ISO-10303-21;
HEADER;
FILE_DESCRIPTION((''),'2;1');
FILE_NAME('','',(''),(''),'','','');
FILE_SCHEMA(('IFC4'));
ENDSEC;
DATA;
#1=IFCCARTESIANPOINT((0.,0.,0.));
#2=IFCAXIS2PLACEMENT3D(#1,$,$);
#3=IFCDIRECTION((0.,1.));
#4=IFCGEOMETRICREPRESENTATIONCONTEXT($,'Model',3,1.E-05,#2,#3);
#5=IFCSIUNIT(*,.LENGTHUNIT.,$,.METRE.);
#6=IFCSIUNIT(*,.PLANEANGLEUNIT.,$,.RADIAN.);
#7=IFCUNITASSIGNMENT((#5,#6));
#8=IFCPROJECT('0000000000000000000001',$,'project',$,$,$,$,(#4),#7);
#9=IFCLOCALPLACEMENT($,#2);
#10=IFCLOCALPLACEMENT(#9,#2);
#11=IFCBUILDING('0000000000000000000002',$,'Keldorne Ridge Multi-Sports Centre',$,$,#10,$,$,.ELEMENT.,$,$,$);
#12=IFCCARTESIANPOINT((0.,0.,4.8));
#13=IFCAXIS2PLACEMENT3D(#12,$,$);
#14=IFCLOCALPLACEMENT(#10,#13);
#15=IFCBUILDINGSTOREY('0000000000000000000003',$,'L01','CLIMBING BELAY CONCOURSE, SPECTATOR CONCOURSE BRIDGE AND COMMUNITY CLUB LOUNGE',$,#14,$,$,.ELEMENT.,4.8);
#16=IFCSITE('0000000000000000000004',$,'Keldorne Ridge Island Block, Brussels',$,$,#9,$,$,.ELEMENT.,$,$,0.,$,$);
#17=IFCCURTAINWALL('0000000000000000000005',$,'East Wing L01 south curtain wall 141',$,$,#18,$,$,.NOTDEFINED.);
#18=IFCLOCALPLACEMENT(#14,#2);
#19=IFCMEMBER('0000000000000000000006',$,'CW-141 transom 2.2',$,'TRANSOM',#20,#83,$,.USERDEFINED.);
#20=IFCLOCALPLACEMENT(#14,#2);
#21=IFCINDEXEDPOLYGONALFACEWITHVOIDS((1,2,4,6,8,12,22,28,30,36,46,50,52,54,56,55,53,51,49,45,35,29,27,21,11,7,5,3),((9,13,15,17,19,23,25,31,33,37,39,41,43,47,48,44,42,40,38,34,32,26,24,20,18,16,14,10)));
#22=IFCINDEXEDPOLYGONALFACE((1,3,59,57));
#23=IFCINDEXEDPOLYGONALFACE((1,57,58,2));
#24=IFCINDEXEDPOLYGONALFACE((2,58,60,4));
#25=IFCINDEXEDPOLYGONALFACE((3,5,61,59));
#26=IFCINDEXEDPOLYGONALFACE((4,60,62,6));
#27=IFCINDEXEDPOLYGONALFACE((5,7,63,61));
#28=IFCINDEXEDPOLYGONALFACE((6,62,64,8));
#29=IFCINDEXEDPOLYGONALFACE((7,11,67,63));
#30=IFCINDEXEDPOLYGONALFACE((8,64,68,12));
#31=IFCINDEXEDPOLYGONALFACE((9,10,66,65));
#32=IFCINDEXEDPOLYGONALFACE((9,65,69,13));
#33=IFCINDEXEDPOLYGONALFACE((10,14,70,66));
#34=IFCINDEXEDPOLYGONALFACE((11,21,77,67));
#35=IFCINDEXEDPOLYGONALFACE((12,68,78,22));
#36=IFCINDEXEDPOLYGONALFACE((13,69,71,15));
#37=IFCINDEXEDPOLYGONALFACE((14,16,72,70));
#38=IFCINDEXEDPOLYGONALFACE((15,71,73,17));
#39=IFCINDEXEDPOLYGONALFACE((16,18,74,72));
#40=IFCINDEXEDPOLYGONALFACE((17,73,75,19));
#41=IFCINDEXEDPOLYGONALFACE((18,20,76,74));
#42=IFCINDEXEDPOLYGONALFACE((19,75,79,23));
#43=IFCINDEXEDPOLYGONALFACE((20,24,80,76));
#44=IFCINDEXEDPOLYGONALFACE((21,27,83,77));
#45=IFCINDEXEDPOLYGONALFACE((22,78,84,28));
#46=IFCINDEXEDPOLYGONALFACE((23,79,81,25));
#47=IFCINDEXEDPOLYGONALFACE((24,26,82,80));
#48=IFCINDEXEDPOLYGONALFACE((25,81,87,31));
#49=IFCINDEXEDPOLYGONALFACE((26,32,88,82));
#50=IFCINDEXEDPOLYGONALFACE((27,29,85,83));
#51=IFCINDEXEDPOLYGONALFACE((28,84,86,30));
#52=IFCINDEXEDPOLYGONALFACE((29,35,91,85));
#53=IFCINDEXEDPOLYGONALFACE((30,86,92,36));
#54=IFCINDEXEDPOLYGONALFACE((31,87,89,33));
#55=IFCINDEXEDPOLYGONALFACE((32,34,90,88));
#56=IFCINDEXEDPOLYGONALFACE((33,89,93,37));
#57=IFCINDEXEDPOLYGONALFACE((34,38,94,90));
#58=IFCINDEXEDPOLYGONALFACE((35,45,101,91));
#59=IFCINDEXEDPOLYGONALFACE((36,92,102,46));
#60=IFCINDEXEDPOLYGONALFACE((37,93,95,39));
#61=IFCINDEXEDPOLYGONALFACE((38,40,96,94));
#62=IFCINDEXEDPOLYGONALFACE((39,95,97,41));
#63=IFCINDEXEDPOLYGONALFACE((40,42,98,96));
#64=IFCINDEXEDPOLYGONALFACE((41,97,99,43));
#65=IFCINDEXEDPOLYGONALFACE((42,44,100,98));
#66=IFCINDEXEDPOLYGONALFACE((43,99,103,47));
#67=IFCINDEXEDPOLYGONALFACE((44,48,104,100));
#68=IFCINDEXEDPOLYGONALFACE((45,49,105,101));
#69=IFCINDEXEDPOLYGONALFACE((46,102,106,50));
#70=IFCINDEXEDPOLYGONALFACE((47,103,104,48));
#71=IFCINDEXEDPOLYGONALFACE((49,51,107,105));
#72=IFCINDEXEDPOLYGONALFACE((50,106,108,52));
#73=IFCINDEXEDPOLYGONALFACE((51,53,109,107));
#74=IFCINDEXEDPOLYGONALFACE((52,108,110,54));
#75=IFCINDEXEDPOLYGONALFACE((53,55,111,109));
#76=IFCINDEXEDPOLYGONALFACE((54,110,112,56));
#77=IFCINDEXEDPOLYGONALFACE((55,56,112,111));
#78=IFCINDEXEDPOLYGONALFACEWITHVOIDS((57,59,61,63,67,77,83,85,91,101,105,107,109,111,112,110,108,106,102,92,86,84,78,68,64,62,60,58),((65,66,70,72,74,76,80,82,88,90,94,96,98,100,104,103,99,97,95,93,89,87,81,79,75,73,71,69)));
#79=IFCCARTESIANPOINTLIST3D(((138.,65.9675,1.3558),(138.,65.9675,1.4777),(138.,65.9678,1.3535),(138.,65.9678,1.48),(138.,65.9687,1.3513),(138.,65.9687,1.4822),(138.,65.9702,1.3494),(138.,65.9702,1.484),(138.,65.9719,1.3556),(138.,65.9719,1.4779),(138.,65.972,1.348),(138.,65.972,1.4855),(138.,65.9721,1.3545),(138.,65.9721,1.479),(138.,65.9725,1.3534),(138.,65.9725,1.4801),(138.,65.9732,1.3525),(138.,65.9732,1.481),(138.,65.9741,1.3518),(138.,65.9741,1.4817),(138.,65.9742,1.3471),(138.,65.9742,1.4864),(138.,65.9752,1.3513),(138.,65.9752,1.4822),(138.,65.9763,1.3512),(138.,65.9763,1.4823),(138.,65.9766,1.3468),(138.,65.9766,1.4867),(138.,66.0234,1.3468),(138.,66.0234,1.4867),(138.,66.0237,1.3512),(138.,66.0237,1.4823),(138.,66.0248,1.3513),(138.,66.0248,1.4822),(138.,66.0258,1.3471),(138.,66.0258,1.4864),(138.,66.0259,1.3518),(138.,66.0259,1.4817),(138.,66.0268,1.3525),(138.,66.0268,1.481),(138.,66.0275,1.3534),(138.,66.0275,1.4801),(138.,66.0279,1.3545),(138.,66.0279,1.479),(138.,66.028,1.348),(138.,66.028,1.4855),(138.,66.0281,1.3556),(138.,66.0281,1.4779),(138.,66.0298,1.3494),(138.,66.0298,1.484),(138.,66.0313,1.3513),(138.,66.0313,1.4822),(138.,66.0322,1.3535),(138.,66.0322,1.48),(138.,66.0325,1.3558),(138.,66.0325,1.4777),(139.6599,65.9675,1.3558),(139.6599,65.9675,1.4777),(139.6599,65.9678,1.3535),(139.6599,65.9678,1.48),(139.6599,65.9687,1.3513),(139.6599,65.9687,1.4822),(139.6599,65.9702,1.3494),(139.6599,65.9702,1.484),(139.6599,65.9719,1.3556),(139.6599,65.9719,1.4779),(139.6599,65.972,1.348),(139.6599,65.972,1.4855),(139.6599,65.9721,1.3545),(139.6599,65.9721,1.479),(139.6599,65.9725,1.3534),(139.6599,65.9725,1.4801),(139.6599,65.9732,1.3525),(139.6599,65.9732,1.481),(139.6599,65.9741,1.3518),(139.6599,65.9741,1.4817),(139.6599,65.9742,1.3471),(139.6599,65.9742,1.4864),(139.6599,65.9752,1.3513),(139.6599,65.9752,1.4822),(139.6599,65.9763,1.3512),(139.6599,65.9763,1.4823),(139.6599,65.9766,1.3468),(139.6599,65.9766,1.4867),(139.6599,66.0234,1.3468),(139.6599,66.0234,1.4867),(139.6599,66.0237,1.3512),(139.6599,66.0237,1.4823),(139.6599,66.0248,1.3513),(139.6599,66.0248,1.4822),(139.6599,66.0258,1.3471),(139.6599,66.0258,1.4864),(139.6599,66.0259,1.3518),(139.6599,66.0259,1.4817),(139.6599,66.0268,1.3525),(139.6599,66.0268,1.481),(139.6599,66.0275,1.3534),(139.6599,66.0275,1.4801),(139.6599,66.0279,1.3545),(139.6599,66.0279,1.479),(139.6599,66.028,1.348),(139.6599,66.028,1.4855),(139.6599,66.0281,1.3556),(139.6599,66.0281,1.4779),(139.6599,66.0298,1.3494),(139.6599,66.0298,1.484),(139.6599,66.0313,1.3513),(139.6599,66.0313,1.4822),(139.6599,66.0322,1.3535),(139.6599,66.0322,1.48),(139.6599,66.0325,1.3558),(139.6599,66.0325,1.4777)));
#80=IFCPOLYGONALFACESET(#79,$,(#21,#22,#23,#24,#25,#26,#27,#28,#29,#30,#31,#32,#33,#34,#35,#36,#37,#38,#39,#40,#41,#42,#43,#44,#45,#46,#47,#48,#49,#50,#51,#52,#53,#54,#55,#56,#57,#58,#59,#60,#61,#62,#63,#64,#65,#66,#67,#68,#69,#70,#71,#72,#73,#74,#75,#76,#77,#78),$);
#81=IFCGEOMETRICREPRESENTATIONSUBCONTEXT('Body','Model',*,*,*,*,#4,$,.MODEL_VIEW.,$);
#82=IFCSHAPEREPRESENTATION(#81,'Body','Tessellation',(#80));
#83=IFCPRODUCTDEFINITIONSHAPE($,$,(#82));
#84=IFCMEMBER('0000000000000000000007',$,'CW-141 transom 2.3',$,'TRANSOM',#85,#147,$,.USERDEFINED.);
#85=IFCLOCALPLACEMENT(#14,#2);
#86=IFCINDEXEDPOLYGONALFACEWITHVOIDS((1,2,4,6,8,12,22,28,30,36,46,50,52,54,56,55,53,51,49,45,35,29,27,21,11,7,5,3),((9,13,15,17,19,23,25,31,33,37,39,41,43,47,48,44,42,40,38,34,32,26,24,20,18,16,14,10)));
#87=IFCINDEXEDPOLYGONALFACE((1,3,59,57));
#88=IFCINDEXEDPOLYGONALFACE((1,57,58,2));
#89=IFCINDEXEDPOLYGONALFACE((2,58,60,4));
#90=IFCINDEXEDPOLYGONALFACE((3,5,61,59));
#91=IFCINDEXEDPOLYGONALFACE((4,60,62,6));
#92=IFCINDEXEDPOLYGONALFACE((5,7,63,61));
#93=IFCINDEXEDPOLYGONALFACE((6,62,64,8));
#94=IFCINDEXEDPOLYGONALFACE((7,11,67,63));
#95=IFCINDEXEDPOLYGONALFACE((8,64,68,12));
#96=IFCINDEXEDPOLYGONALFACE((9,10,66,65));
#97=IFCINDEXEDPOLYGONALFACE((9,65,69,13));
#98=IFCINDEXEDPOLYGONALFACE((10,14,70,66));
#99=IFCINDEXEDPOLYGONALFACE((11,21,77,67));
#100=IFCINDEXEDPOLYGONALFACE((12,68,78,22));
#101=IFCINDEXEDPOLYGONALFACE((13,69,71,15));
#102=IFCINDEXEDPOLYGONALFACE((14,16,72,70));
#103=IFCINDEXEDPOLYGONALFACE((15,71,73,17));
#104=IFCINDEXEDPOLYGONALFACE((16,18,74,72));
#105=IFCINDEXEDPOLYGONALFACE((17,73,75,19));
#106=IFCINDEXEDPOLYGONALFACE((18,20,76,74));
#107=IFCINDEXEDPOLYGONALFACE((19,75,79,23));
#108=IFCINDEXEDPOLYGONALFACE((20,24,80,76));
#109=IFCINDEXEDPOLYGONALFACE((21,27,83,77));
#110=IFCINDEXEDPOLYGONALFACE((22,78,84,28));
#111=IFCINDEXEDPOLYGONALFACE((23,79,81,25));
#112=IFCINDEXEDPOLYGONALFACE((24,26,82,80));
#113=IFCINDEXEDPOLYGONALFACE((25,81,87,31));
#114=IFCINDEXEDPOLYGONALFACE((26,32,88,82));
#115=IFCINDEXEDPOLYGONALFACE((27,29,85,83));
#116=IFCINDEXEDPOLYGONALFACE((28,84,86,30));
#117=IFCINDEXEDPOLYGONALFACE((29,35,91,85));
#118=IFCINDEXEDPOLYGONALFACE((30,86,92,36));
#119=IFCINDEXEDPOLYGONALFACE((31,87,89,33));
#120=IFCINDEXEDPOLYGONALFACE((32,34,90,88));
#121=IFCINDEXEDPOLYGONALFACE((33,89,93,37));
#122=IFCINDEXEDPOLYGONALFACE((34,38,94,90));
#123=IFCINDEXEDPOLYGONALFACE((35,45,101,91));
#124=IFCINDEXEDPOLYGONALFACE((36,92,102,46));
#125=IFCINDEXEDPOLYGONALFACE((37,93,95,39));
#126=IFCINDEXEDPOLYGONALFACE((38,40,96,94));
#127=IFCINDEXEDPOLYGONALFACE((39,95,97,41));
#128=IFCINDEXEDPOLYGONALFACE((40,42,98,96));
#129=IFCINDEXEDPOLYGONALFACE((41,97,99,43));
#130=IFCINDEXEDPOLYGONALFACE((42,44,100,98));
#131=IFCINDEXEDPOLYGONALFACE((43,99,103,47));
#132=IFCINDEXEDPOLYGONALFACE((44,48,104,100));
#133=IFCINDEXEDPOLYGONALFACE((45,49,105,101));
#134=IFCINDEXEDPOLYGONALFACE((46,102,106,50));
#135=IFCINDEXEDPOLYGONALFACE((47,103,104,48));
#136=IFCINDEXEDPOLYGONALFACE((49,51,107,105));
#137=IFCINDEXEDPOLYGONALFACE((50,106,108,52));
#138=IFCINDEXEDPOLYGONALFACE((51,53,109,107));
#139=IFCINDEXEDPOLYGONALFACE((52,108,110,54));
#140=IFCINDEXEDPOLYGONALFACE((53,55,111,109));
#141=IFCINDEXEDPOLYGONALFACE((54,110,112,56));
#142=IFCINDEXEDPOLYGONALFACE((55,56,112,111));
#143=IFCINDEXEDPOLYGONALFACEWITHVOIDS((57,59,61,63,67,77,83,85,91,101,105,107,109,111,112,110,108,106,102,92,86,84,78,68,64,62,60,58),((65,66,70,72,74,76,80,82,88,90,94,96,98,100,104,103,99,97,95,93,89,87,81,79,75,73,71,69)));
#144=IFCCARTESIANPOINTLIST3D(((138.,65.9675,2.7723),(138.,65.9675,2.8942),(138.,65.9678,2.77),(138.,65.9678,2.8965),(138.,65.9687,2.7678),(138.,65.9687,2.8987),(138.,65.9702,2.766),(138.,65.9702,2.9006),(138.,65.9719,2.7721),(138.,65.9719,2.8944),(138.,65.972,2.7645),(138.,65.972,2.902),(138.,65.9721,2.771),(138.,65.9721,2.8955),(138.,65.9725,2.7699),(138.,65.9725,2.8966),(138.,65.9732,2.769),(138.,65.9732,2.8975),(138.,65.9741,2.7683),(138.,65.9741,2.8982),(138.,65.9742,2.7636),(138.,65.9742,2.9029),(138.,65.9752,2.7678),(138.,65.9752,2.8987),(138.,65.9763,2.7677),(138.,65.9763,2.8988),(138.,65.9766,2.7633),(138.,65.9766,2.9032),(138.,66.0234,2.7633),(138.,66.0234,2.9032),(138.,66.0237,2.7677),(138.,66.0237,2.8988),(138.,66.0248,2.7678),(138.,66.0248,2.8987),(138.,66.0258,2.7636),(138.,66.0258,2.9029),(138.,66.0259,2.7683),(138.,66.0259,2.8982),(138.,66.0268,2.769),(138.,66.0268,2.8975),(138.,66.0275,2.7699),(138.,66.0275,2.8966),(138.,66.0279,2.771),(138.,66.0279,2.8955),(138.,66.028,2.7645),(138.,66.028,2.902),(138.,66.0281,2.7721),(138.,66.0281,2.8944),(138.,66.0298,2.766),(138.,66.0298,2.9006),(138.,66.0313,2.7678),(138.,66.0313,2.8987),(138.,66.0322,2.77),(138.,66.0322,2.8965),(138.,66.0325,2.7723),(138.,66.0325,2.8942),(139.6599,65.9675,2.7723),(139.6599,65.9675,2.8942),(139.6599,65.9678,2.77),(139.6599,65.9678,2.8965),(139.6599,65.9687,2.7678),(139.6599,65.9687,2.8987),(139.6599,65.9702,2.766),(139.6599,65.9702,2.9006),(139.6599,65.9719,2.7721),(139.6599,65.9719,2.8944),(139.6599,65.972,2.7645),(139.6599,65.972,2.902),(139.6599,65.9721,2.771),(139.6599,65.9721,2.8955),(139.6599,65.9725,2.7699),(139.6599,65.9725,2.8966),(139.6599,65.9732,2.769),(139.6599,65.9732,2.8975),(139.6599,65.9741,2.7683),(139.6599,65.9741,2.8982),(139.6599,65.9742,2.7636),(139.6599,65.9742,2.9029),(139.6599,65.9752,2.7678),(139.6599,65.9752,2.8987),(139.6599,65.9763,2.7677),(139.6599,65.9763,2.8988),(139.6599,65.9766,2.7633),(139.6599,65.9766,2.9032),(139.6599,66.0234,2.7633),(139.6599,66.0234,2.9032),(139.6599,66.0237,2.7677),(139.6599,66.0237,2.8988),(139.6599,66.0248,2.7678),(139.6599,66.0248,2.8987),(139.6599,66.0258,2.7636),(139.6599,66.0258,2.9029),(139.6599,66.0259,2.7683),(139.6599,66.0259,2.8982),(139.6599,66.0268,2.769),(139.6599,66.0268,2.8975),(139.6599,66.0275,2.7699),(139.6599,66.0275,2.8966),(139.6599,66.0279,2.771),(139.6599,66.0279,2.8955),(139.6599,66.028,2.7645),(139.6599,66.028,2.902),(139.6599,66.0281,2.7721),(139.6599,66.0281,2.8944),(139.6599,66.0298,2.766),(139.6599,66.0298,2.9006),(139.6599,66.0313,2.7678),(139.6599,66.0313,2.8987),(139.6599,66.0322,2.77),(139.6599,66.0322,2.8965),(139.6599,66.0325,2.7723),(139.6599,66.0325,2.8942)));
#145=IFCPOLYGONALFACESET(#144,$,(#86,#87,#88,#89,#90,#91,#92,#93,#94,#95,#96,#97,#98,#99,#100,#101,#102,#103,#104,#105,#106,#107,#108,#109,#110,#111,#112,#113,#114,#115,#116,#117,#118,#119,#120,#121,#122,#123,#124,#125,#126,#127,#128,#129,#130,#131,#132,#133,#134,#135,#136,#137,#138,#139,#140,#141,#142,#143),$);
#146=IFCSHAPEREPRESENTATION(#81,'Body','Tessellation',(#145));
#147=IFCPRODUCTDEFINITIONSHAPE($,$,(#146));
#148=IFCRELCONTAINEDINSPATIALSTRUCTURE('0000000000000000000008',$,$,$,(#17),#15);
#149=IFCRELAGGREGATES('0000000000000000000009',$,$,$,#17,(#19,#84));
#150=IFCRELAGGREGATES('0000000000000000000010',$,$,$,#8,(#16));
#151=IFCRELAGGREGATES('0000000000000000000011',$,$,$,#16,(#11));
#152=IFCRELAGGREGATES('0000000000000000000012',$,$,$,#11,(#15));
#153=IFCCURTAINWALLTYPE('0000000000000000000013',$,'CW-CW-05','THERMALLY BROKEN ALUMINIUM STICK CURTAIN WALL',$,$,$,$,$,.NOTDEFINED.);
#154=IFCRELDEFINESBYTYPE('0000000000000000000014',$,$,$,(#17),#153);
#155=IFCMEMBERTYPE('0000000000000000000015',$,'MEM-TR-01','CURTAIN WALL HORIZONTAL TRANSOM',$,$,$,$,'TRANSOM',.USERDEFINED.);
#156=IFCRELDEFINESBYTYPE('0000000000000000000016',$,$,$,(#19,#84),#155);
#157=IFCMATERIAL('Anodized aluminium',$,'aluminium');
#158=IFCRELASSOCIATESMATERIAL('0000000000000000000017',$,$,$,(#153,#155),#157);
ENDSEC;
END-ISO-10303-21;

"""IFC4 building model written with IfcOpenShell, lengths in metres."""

from ifc_helpers import new_model, si_unit, direction, frame, origin, origin_2d, place, context, subcontext, project, spatial, hollow_rectangle, extrude, material, material_profile, profile_set, type_object, element, aggregate, save


model = new_model("IFC4")

# Units and contexts
model_context = context("Model", 3, precision=1e-05, world=origin(), true_north=direction((0.0, 1.0)))
body_context = subcontext(model_context, "Body", "Model", "MODEL_VIEW")
ifc_project = project(units=[si_unit("LENGTHUNIT", "METRE"), si_unit("PLANEANGLEUNIT", "RADIAN")], contexts=[model_context])

# Site, building, storey
site_placement = place(None, origin())
site = spatial("IfcSite", under=ifc_project, at=site_placement, Name="Keldorne Ridge Island Block, Brussels", CompositionType="ELEMENT", RefElevation=0.0)
building_placement = place(site_placement, origin())
building = spatial("IfcBuilding", under=site, at=building_placement, Name="Keldorne Ridge Multi-Sports Centre", CompositionType="ELEMENT")
storey_placement = place(building_placement, frame((0.0, 0.0, 4.8)))
storey = spatial("IfcBuildingStorey", under=building, at=storey_placement, Name="L01", Description="CLIMBING BELAY CONCOURSE, SPECTATOR CONCOURSE BRIDGE AND COMMUNITY CLUB LOUNGE", CompositionType="ELEMENT", Elevation=4.8)

# Curtain wall, members
ifc_material_1 = material(Name="Anodized aluminium", Category="aluminium")
curtain_wall_type = type_object("IfcCurtainWallType", Name="CW-CW-05", Description="THERMALLY BROKEN ALUMINIUM STICK CURTAIN WALL", PredefinedType="NOTDEFINED", material=ifc_material_1)
curtain_wall_placement = place(storey_placement, origin())
curtain_wall = element("IfcCurtainWall", 1, at=curtain_wall_placement, inside=storey, type_object=curtain_wall_type, Name="East Wing L01 south curtain wall 141", PredefinedType="NOTDEFINED")
ifc_material_profile_1 = material_profile(ifc_material_1, hollow_rectangle(XDim=0.0649, YDim=0.1399, WallThickness=0.0044, InnerFilletRadius=0.0044, OuterFilletRadius=0.009, at=origin_2d()), Name="ALU TRANSOM 140x65x4.5")
ifc_profile_set_1 = profile_set([ifc_material_profile_1], Name="Anodized aluminium")
member_type_1 = type_object("IfcMemberType", Name="MEM-TR-01", Description="CURTAIN WALL HORIZONTAL TRANSOM", ElementType="TRANSOM", PredefinedType="USERDEFINED", material=ifc_profile_set_1)
member_1_placement = place(storey_placement, frame((138.0, 66.0, 1.4167), z_axis=(1.0, 0.0, 0.0), x_axis=(0.0, 1.0, 0.0)))
member_1 = element("IfcMember", 2, at=member_1_placement, type_object=member_type_1, Name="CW-141 transom 2.2", ObjectType="TRANSOM", PredefinedType="USERDEFINED", context=body_context, shape_type="SweptSolid", body=[
    extrude(hollow_rectangle(XDim=0.0649, YDim=0.1399, WallThickness=0.0044, InnerFilletRadius=0.0044, OuterFilletRadius=0.009, at=origin_2d()), origin(), (0.0, 0.0, 1.0), 1.6599),
])
member_2_placement = place(storey_placement, frame((138.0, 66.0, 2.8333), z_axis=(1.0, 0.0, 0.0), x_axis=(0.0, 1.0, 0.0)))
member_2 = element("IfcMember", 3, at=member_2_placement, type_object=member_type_1, Name="CW-141 transom 2.3", ObjectType="TRANSOM", PredefinedType="USERDEFINED", context=body_context, shape_type="SweptSolid", body=[
    extrude(hollow_rectangle(XDim=0.0649, YDim=0.1399, WallThickness=0.0044, InnerFilletRadius=0.0044, OuterFilletRadius=0.009, at=origin_2d()), origin(), (0.0, 0.0, 1.0), 1.6599),
])
aggregate(curtain_wall, [member_1, member_2])

save(model, "model.ifc")
